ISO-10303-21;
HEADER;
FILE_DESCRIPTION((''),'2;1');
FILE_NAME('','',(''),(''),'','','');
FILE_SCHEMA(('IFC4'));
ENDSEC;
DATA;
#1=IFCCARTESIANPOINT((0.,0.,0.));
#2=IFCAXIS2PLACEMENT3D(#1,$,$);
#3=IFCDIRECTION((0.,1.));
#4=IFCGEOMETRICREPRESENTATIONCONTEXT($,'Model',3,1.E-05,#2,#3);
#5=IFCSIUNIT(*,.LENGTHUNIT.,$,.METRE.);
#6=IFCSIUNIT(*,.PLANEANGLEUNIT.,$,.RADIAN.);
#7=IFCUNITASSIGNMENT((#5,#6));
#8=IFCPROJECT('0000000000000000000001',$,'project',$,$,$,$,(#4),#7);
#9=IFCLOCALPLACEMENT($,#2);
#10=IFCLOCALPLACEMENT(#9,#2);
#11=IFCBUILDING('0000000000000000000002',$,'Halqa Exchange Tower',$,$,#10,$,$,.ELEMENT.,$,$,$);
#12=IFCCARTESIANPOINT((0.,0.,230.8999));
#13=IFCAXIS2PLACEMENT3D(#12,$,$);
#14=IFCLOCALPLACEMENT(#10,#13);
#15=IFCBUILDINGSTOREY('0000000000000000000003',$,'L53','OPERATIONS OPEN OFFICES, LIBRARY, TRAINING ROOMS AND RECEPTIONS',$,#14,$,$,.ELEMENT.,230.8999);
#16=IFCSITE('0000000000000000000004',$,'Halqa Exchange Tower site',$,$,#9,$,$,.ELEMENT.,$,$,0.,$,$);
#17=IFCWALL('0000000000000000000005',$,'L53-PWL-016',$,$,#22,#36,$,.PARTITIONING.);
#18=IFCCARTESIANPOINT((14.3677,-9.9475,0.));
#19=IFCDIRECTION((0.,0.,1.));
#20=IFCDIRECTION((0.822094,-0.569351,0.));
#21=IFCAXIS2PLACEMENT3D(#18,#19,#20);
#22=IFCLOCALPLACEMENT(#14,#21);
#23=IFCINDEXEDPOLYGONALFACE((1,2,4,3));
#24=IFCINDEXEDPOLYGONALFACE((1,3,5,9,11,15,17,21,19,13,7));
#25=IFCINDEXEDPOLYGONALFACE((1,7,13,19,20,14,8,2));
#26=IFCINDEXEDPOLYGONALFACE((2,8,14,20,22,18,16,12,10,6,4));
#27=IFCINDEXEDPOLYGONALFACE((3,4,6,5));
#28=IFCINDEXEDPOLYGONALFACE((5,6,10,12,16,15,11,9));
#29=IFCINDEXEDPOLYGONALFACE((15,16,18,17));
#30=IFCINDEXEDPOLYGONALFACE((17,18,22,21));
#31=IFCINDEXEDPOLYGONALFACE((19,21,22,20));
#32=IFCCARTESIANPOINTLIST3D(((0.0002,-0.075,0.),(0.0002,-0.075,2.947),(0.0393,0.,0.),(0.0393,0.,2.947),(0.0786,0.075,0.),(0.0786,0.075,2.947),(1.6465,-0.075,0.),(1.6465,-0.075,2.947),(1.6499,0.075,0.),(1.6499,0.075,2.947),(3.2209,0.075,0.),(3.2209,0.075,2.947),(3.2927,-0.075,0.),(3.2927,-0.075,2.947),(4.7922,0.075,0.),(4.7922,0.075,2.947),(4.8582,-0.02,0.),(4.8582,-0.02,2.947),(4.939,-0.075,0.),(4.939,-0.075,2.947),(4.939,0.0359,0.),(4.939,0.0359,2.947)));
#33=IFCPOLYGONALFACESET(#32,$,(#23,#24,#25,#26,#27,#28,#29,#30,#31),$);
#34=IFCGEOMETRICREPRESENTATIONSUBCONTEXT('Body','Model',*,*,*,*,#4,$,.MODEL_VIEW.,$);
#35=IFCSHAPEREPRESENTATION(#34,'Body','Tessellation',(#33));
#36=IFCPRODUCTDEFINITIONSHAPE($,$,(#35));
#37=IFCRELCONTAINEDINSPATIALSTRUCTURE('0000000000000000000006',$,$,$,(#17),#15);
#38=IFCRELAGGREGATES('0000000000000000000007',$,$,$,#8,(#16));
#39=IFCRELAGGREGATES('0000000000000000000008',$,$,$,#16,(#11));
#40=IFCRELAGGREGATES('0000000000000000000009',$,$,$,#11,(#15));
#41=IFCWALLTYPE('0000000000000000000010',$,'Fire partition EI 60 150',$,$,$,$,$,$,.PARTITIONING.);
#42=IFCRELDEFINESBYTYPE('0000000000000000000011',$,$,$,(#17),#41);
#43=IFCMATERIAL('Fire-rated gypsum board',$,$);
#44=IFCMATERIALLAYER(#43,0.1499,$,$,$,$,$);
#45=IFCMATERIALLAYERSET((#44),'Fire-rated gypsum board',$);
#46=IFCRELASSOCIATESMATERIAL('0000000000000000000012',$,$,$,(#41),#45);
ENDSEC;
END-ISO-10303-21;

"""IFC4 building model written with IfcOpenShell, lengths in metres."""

from ifc_helpers import new_model, si_unit, direction, frame, origin, place, context, subcontext, project, spatial, polyline, outline, extrude, material, layer, layer_set, type_object, element, save


model = new_model("IFC4")

# Units and contexts
model_context = context("Model", 3, precision=1e-05, world=origin(), true_north=direction((0.0, 1.0)))
body_context = subcontext(model_context, "Body", "Model", "MODEL_VIEW")
ifc_project = project(units=[si_unit("LENGTHUNIT", "METRE"), si_unit("PLANEANGLEUNIT", "RADIAN")], contexts=[model_context])

# Site, building, storey
site_placement = place(None, origin())
site = spatial("IfcSite", under=ifc_project, at=site_placement, Name="Halqa Exchange Tower site", CompositionType="ELEMENT", RefElevation=0.0)
building_placement = place(site_placement, origin())
building = spatial("IfcBuilding", under=site, at=building_placement, Name="Halqa Exchange Tower", CompositionType="ELEMENT")
storey_placement = place(building_placement, frame((0.0, 0.0, 230.8999)))
storey = spatial("IfcBuildingStorey", under=building, at=storey_placement, Name="L53", Description="OPERATIONS OPEN OFFICES, LIBRARY, TRAINING ROOMS AND RECEPTIONS", CompositionType="ELEMENT", Elevation=230.8999)

# Wall
ifc_material_1 = material(Name="Fire-rated gypsum board")
ifc_layer_1 = layer(ifc_material_1, 0.1499)
ifc_layer_set_1 = layer_set([ifc_layer_1], Name="Fire-rated gypsum board")
wall_type_1 = type_object("IfcWallType", Name="Fire partition EI 60 150", PredefinedType="PARTITIONING", material=ifc_layer_set_1)
wall_1_placement = place(storey_placement, frame((14.3677, -9.9475, 0.0), z_axis=(0.0, 0.0, 1.0), x_axis=(0.822094, -0.569351, 0.0)))
element("IfcWall", 1, at=wall_1_placement, inside=storey, type_object=wall_type_1, Name="L53-PWL-016", PredefinedType="PARTITIONING", context=body_context, shape_type="SweptSolid", body=[
    extrude(outline(polyline([(4.939, -0.075), (4.939, 0.0359), (4.8582, -0.02), (4.7922, 0.075), (3.2209, 0.075), (1.6499, 0.075), (0.0786, 0.075), (0.0393, 0.0), (0.0002, -0.075), (1.6465, -0.075), (3.2927, -0.075), (4.939, -0.075)])), origin(), (0.0, 0.0, 1.0), 2.947),
])

save(model, "model.ifc")
